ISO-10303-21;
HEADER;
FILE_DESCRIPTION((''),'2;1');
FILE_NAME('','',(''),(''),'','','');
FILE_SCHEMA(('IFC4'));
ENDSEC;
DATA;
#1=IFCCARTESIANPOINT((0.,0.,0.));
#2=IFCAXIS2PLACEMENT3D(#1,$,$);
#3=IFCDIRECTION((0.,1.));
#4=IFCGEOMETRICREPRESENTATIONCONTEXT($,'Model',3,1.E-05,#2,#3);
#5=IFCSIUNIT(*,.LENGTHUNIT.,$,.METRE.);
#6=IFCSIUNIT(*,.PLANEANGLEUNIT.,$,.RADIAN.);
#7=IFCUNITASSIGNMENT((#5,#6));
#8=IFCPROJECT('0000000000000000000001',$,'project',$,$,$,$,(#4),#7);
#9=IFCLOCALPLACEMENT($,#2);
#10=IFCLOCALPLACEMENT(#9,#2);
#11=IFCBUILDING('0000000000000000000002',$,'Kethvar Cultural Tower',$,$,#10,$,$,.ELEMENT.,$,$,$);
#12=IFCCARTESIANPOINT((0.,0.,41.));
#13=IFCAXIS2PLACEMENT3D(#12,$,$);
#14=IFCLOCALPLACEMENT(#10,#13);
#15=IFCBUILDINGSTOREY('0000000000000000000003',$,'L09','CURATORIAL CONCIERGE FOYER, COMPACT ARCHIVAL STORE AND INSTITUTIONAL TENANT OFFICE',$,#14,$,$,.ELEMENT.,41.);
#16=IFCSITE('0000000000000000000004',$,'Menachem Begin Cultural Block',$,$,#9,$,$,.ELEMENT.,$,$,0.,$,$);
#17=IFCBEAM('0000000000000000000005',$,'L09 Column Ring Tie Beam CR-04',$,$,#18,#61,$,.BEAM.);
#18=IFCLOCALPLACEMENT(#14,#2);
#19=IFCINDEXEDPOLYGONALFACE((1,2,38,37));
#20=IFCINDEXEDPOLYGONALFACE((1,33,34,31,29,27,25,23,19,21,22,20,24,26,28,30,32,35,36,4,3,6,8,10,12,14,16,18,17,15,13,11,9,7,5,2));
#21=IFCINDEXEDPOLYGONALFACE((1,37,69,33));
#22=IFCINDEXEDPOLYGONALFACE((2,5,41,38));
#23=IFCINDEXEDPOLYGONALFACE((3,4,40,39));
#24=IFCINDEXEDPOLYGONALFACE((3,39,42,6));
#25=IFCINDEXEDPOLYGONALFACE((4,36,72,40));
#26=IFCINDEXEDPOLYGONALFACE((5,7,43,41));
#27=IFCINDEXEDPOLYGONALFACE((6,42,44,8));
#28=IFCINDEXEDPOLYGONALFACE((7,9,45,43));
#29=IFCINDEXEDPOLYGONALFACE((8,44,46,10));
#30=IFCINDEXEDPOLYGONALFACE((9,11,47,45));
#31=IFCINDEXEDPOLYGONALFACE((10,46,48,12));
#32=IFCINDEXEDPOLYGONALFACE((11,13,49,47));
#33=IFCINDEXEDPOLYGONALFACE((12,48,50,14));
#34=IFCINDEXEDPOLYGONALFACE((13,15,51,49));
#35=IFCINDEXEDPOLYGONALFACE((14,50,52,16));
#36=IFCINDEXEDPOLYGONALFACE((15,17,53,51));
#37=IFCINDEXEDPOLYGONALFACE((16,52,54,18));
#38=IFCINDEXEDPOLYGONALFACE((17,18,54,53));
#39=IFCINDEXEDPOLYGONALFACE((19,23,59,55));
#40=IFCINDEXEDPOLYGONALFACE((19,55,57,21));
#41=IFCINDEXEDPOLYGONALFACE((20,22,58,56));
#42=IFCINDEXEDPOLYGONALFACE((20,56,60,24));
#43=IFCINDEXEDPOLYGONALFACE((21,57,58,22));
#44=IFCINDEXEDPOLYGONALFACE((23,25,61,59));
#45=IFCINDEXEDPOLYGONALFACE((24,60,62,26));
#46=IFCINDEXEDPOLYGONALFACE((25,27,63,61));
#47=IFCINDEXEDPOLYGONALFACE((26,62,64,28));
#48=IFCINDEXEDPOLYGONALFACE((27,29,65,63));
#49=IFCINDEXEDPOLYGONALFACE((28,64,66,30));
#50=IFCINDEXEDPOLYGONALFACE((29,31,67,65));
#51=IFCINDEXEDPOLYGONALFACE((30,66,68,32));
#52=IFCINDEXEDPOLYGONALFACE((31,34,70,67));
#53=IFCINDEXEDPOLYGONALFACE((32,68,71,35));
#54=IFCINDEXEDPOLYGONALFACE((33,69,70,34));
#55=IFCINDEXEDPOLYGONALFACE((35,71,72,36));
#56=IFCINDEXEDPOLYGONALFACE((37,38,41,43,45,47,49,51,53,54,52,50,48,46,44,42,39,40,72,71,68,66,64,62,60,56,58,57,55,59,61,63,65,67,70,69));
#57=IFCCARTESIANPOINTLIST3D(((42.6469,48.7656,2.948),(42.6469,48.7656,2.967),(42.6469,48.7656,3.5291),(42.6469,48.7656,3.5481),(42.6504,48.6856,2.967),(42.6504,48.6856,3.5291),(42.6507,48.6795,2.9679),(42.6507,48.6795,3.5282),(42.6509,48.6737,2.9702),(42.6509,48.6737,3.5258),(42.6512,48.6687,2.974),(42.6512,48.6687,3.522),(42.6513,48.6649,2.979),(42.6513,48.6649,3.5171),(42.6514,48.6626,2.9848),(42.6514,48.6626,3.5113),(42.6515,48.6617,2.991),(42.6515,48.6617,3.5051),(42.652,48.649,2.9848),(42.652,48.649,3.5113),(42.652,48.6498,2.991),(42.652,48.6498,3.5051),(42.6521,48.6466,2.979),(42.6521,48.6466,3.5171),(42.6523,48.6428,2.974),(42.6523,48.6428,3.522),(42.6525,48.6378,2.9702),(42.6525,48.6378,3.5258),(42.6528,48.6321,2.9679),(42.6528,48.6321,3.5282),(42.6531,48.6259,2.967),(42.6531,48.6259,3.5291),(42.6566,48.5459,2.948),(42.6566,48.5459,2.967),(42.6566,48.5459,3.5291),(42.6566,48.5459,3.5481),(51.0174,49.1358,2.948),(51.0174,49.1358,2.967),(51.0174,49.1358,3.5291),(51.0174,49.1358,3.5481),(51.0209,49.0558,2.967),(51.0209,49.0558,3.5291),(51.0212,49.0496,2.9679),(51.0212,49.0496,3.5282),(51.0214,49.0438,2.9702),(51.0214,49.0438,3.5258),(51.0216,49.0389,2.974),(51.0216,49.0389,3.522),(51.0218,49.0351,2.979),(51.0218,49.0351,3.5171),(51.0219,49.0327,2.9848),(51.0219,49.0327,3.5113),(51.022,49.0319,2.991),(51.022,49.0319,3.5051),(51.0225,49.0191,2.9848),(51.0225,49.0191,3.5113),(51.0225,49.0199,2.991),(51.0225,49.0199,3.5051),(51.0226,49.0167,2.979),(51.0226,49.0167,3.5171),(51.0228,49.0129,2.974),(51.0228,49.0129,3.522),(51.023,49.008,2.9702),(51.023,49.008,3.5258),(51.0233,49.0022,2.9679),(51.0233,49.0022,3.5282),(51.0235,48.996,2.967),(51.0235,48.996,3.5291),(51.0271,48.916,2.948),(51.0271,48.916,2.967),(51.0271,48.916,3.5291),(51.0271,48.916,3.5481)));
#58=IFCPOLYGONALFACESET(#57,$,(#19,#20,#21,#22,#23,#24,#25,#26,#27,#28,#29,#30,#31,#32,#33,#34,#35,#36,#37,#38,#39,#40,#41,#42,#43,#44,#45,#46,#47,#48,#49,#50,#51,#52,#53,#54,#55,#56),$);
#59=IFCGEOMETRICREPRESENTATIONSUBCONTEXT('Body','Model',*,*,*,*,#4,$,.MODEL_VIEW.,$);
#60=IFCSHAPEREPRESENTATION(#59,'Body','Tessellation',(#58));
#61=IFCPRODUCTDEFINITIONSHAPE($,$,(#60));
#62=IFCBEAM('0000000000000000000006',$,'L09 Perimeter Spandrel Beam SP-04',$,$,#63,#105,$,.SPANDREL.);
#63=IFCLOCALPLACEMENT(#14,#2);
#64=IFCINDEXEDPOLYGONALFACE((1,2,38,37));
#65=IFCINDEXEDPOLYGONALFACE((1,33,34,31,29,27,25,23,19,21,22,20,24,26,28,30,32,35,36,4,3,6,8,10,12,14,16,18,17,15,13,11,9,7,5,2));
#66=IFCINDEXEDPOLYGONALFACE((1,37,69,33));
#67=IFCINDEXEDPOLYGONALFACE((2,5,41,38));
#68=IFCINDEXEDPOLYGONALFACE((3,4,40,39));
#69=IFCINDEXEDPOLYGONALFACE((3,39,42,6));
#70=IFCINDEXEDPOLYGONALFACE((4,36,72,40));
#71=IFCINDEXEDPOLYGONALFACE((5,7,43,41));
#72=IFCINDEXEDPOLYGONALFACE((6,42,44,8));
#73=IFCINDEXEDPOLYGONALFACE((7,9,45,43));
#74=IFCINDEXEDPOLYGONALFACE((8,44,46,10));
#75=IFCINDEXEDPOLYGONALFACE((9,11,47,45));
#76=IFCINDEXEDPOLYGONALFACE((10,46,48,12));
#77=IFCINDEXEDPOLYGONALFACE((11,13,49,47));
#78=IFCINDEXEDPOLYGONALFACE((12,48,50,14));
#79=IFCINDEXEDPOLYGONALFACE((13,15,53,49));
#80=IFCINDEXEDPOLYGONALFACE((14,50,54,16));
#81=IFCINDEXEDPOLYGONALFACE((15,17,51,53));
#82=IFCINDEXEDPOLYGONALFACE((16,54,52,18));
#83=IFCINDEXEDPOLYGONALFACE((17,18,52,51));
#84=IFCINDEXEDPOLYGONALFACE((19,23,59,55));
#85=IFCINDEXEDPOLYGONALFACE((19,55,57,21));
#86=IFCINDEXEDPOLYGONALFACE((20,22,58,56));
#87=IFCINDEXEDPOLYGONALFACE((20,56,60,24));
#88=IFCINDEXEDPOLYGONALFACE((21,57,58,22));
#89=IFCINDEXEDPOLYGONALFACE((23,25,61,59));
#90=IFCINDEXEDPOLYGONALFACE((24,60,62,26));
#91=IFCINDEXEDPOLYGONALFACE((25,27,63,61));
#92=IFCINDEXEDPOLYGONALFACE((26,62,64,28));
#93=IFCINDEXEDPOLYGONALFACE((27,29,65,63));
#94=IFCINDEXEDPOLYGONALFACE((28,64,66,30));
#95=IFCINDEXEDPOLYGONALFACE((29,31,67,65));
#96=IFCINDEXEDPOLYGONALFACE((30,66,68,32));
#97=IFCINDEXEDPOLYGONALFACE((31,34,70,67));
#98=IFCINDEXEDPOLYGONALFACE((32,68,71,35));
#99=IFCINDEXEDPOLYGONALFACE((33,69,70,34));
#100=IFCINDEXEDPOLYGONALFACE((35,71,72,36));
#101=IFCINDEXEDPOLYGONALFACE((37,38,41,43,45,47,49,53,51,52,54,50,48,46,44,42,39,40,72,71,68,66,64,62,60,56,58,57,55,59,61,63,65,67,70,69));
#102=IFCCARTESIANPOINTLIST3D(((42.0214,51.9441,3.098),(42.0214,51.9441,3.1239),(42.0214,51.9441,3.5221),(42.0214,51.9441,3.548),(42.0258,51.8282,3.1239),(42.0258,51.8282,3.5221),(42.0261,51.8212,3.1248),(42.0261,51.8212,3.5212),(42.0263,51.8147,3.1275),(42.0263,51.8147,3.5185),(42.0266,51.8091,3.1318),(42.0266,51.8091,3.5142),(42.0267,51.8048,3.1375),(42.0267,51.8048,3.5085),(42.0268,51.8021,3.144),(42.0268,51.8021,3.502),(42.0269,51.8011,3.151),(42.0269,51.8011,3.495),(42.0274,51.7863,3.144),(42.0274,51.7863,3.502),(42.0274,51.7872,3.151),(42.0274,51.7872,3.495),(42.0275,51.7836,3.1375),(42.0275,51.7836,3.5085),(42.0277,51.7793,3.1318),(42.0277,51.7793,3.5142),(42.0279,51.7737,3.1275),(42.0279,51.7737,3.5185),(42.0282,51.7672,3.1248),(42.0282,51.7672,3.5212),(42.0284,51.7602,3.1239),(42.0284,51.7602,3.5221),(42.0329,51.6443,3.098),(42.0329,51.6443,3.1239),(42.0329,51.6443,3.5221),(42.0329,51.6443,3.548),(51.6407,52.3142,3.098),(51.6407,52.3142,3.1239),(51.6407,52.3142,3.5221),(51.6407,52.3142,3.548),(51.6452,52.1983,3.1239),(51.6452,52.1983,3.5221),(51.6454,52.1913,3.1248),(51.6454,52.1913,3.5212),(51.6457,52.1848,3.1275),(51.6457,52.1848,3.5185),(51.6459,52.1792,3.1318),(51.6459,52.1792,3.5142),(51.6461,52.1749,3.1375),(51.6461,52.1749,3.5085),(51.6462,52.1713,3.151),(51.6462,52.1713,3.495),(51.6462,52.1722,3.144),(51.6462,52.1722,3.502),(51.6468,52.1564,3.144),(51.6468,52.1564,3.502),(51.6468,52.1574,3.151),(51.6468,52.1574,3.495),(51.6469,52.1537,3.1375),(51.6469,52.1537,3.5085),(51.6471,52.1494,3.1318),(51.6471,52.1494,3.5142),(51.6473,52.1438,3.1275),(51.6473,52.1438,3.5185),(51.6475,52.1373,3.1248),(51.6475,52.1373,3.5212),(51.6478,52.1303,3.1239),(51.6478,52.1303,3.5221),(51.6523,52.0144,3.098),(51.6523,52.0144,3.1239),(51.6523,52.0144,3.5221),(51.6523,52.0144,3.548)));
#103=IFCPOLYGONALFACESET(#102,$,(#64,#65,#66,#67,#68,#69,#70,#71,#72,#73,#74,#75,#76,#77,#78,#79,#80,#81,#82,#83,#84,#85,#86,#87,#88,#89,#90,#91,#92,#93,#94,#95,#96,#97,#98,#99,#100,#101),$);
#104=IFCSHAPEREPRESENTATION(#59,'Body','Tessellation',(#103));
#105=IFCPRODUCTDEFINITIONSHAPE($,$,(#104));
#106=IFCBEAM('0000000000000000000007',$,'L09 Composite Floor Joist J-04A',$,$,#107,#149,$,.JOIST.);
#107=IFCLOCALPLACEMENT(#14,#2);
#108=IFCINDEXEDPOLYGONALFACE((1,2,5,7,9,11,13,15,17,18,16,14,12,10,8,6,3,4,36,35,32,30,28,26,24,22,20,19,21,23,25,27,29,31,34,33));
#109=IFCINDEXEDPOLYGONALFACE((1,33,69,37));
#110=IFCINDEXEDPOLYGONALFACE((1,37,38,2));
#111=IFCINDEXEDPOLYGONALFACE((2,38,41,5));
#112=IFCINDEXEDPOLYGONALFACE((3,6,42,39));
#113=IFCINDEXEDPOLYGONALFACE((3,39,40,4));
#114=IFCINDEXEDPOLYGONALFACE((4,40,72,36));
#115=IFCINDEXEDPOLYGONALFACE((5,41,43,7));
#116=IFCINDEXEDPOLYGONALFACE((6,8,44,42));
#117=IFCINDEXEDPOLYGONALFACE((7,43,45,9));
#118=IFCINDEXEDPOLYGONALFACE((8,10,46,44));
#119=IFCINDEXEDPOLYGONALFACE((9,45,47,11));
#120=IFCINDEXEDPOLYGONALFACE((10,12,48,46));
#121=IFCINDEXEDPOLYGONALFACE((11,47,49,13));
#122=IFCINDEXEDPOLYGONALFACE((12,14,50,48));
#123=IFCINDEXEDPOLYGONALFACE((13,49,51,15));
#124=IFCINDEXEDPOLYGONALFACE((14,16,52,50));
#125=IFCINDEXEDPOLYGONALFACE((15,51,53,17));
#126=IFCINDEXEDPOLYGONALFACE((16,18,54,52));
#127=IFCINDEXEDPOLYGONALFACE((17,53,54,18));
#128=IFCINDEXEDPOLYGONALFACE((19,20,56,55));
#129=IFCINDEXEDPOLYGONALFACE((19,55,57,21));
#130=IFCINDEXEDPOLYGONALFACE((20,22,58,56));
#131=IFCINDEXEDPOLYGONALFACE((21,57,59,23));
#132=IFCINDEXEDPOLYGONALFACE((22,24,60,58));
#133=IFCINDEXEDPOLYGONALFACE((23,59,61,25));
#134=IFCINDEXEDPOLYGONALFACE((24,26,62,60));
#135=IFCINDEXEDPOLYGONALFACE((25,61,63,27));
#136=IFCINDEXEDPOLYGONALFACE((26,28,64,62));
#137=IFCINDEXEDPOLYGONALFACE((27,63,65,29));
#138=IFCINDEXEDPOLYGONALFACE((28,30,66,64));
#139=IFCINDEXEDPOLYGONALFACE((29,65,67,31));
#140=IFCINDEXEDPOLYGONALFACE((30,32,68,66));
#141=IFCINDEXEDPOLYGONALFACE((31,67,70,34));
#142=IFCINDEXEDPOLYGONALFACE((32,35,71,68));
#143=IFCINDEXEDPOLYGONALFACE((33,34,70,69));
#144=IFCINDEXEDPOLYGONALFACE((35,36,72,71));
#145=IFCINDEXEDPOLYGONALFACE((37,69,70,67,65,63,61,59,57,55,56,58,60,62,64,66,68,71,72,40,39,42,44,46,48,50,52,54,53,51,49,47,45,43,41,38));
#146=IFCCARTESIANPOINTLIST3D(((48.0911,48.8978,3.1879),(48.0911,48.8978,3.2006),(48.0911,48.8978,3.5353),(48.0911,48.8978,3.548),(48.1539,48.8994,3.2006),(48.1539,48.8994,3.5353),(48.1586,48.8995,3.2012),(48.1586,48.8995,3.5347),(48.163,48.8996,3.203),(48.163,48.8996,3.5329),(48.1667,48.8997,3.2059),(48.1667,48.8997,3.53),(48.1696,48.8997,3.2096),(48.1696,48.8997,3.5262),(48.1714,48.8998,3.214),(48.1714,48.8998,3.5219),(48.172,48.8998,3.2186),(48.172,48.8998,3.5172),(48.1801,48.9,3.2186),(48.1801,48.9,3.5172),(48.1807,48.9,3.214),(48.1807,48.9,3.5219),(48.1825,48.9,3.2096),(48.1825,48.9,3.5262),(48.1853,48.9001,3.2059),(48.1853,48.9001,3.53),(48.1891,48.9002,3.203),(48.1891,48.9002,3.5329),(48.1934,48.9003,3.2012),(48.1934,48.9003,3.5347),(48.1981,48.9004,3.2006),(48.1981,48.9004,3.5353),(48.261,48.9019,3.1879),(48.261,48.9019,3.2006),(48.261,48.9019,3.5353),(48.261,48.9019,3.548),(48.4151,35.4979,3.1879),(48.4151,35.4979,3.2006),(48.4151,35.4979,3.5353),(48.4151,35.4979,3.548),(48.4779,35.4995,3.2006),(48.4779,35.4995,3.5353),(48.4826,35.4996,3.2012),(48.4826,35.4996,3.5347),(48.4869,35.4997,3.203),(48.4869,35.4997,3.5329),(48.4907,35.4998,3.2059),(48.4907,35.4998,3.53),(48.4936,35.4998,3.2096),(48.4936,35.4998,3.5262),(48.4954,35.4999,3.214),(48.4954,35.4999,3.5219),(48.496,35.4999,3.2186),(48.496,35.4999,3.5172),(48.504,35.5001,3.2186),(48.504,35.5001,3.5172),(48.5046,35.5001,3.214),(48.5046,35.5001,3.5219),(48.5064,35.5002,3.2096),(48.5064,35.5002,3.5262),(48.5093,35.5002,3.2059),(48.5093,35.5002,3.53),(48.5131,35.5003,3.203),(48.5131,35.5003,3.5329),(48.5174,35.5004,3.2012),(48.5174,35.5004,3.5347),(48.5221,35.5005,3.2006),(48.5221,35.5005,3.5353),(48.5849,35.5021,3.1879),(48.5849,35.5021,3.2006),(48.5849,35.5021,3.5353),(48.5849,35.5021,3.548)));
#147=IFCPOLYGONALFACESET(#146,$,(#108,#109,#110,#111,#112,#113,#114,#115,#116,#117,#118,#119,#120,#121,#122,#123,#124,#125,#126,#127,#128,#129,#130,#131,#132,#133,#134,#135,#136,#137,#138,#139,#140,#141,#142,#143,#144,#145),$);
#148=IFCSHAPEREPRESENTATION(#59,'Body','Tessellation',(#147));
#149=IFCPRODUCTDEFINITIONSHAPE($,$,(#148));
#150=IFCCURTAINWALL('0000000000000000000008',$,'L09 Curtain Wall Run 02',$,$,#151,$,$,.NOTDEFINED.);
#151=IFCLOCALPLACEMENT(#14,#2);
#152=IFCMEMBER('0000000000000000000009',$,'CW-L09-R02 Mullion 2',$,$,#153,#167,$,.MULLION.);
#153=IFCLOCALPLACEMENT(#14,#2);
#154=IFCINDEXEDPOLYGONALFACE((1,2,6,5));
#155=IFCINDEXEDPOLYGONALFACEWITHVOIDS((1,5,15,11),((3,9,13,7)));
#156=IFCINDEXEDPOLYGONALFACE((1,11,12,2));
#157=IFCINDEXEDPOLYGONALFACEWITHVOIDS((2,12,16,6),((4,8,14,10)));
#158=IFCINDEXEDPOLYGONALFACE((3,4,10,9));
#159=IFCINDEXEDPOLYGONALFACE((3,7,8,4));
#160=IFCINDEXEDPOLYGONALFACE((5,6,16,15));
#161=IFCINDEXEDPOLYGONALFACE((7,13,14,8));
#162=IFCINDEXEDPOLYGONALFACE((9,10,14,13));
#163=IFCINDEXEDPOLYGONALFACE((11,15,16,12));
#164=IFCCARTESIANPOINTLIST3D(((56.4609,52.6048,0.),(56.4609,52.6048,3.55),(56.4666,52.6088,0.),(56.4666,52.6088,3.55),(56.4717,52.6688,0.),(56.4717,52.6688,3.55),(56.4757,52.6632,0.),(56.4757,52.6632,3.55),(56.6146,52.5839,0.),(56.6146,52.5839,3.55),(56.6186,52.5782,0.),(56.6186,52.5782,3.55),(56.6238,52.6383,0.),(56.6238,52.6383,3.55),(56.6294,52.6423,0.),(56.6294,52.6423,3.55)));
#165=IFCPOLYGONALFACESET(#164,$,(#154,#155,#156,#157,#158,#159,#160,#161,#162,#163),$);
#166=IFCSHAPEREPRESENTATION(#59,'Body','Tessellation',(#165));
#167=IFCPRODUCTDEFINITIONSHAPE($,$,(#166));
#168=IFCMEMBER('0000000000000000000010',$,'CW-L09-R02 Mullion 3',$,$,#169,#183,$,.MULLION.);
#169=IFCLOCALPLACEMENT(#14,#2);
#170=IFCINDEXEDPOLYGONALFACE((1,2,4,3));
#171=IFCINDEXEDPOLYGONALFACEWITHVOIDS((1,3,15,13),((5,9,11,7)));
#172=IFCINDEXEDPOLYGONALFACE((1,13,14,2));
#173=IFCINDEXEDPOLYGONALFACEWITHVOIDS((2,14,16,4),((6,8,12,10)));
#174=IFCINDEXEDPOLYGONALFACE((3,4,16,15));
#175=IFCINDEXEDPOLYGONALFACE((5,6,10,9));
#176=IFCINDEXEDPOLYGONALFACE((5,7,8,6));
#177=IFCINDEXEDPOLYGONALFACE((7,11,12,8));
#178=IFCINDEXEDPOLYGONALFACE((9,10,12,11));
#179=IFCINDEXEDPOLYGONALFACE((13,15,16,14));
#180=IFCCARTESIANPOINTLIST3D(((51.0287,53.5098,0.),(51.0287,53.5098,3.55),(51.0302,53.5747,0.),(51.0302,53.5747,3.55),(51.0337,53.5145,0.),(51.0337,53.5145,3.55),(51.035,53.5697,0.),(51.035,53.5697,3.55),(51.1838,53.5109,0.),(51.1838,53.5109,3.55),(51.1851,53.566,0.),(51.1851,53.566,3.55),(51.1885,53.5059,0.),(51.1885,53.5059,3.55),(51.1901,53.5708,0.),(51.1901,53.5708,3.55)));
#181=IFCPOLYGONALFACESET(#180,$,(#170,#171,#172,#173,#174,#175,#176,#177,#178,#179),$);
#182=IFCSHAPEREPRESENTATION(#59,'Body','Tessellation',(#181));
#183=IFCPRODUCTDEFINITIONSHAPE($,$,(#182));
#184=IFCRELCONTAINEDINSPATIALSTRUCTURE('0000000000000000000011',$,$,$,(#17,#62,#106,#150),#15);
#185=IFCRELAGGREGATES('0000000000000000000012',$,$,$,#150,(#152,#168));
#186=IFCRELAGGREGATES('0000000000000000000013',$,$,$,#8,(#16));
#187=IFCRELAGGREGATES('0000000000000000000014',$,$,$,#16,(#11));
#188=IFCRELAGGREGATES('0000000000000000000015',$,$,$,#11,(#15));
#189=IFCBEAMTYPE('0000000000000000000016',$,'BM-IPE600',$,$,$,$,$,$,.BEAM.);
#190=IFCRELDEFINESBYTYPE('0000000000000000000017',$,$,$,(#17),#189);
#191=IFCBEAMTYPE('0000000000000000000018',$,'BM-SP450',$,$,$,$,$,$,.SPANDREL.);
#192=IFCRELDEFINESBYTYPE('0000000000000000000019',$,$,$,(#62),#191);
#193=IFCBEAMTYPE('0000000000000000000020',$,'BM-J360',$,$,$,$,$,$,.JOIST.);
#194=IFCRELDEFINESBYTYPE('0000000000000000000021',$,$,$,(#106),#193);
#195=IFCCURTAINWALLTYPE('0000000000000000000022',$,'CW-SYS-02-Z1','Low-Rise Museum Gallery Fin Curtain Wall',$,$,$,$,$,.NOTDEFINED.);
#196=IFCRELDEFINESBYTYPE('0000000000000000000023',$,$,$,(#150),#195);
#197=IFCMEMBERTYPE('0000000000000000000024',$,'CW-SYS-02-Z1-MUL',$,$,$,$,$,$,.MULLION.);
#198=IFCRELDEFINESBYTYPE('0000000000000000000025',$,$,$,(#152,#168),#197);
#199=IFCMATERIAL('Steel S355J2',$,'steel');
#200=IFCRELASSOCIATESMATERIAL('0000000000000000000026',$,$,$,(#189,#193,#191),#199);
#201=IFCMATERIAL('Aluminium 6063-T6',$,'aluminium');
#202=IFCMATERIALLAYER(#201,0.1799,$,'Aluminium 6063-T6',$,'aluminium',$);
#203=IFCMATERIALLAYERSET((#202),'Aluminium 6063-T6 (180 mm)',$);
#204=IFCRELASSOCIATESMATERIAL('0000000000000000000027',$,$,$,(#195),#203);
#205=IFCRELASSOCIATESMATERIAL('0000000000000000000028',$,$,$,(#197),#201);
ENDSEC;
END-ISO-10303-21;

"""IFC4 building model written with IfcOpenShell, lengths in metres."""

from ifc_helpers import new_model, si_unit, direction, frame, origin, origin_2d, place, context, subcontext, project, spatial, hollow_rectangle, i_section, extrude, source, transform, mapped, material, layer, layer_set, material_profile, profile_set, type_object, element, aggregate, save


model = new_model("IFC4")

# Units and contexts
model_context = context("Model", 3, precision=1e-05, world=origin(), true_north=direction((0.0, 1.0)))
body_context = subcontext(model_context, "Body", "Model", "MODEL_VIEW")
ifc_project = project(units=[si_unit("LENGTHUNIT", "METRE"), si_unit("PLANEANGLEUNIT", "RADIAN")], contexts=[model_context])

# Site, building, storey
site_placement = place(None, origin())
site = spatial("IfcSite", under=ifc_project, at=site_placement, Name="Menachem Begin Cultural Block", CompositionType="ELEMENT", RefElevation=0.0)
building_placement = place(site_placement, origin())
building = spatial("IfcBuilding", under=site, at=building_placement, Name="Kethvar Cultural Tower", CompositionType="ELEMENT")
storey_placement = place(building_placement, frame((0.0, 0.0, 41.0)))
storey = spatial("IfcBuildingStorey", under=building, at=storey_placement, Name="L09", Description="CURATORIAL CONCIERGE FOYER, COMPACT ARCHIVAL STORE AND INSTITUTIONAL TENANT OFFICE", CompositionType="ELEMENT", Elevation=41.0)

# Beams
ifc_material_1 = material(Name="Steel S355J2", Category="steel")
ifc_material_profile_1 = material_profile(ifc_material_1, i_section(OverallWidth=0.22, OverallDepth=0.6001, WebThickness=0.012, FlangeThickness=0.019, FilletRadius=0.0239, at=origin_2d()), Name="Steel S355J2 — IPE600")
ifc_profile_set_1 = profile_set([ifc_material_profile_1], Name="Steel S355J2 — IPE600")
beam_type_1 = type_object("IfcBeamType", Name="BM-IPE600", PredefinedType="BEAM", material=ifc_profile_set_1)
ifc_material_profile_2 = material_profile(ifc_material_1, i_section(OverallWidth=0.1699, OverallDepth=0.3601, WebThickness=0.0081, FlangeThickness=0.0127, FilletRadius=0.0181, at=origin_2d()), Name="Steel S355J2 — IPE360")
ifc_profile_set_2 = profile_set([ifc_material_profile_2], Name="Steel S355J2 — IPE360")
beam_type_2 = type_object("IfcBeamType", Name="BM-J360", PredefinedType="JOIST", material=ifc_profile_set_2)
shared_shape_1 = source(origin(), body_context, "Body", "SweptSolid", [
    extrude(i_section(OverallWidth=0.22, OverallDepth=0.6001, WebThickness=0.012, FlangeThickness=0.019, FilletRadius=0.0239, at=origin_2d()), origin(), (0.0, 0.0, 1.0), 8.3787),
])
beam_1_placement = place(storey_placement, frame((51.0222, 49.0259, 3.248), z_axis=(-0.999024, -0.044173, 0.0), x_axis=(0.044173, -0.999024, 0.0)))
element("IfcBeam", 1, at=beam_1_placement, inside=storey, type_object=beam_type_1, Name="L09 Column Ring Tie Beam CR-04", PredefinedType="BEAM", context=body_context, shape_type="MappedRepresentation", body=[
    mapped(shared_shape_1, transform((0.0, 0.0, 0.0), scale=1.0)),
])
ifc_material_profile_3 = material_profile(ifc_material_1, i_section(OverallWidth=0.3, OverallDepth=0.45, WebThickness=0.0139, FlangeThickness=0.0259, FilletRadius=0.0271, at=origin_2d()), Name="Steel S355J2 — HEB450")
ifc_profile_set_3 = profile_set([ifc_material_profile_3], Name="Steel S355J2 — HEB450")
beam_type_3 = type_object("IfcBeamType", Name="BM-SP450", PredefinedType="SPANDREL", material=ifc_profile_set_3)
shared_shape_2 = source(origin(), body_context, "Body", "SweptSolid", [
    extrude(i_section(OverallWidth=0.3, OverallDepth=0.45, WebThickness=0.0139, FlangeThickness=0.0259, FilletRadius=0.0271, at=origin_2d()), origin(), (0.0, 0.0, 1.0), 9.6265),
])
beam_2_placement = place(storey_placement, frame((51.6465, 52.1643, 3.323), z_axis=(-0.999261, -0.038448, 0.0), x_axis=(0.038448, -0.999261, 0.0)))
element("IfcBeam", 2, at=beam_2_placement, inside=storey, type_object=beam_type_3, Name="L09 Perimeter Spandrel Beam SP-04", PredefinedType="SPANDREL", context=body_context, shape_type="MappedRepresentation", body=[
    mapped(shared_shape_2, transform((0.0, 0.0, 0.0), scale=1.0)),
])
shared_shape_3 = source(origin(), body_context, "Body", "SweptSolid", [
    extrude(i_section(OverallWidth=0.1699, OverallDepth=0.3601, WebThickness=0.0081, FlangeThickness=0.0127, FilletRadius=0.0181, at=origin_2d()), origin(), (0.0, 0.0, 1.0), 13.4038),
])
beam_3_placement = place(storey_placement, frame((48.5, 35.5, 3.3679), z_axis=(-0.02417, 0.999708, 0.0), x_axis=(-0.999708, -0.02417, 0.0)))
element("IfcBeam", 3, at=beam_3_placement, inside=storey, type_object=beam_type_2, Name="L09 Composite Floor Joist J-04A", PredefinedType="JOIST", context=body_context, shape_type="MappedRepresentation", body=[
    mapped(shared_shape_3, transform((0.0, 0.0, 0.0), scale=1.0)),
])

# Curtain wall, members
ifc_material_2 = material(Name="Aluminium 6063-T6", Category="aluminium")
ifc_layer_1 = layer(ifc_material_2, 0.1799, Name="Aluminium 6063-T6", Category="aluminium")
ifc_layer_set_1 = layer_set([ifc_layer_1], Name="Aluminium 6063-T6 (180 mm)")
curtain_wall_type = type_object("IfcCurtainWallType", Name="CW-SYS-02-Z1", Description="Low-Rise Museum Gallery Fin Curtain Wall", PredefinedType="NOTDEFINED", material=ifc_layer_set_1)
curtain_wall_placement = place(storey_placement, origin())
curtain_wall = element("IfcCurtainWall", 4, at=curtain_wall_placement, inside=storey, type_object=curtain_wall_type, Name="L09 Curtain Wall Run 02", PredefinedType="NOTDEFINED")
ifc_material_profile_4 = material_profile(ifc_material_2, hollow_rectangle(XDim=0.0649, YDim=0.1599, WallThickness=0.0049, at=origin_2d()), Name="Aluminium 6063-T6 — RHS160x65x5")
ifc_profile_set_4 = profile_set([ifc_material_profile_4], Name="Aluminium 6063-T6 — RHS160x65x5")
member_type_1 = type_object("IfcMemberType", Name="CW-SYS-02-Z1-MUL", PredefinedType="MULLION", material=ifc_profile_set_4)
shared_shape_4 = source(origin(), body_context, "Body", "SweptSolid", [
    extrude(hollow_rectangle(XDim=0.0649, YDim=0.1599, WallThickness=0.0049, at=origin_2d()), origin(), (0.0, 0.0, 1.0), 3.55),
])
member_1_placement = place(storey_placement, frame((56.5452, 52.6235, 0.0), z_axis=(0.0, 0.0, 1.0), x_axis=(-0.166063, -0.986115, 0.0)))
member_1 = element("IfcMember", 5, at=member_1_placement, type_object=member_type_1, Name="CW-L09-R02 Mullion 2", PredefinedType="MULLION", context=body_context, shape_type="MappedRepresentation", body=[
    mapped(shared_shape_4, transform((0.0, 0.0, 0.0), scale=1.0)),
])
member_2_placement = place(storey_placement, frame((51.1094, 53.5403, 0.0), z_axis=(0.0, 0.0, 1.0), x_axis=(-0.024293, -0.999705, 0.0)))
member_2 = element("IfcMember", 6, at=member_2_placement, type_object=member_type_1, Name="CW-L09-R02 Mullion 3", PredefinedType="MULLION", context=body_context, shape_type="MappedRepresentation", body=[
    mapped(shared_shape_4, transform((0.0, 0.0, 0.0), scale=1.0)),
])
aggregate(curtain_wall, [member_1, member_2])

save(model, "model.ifc")
